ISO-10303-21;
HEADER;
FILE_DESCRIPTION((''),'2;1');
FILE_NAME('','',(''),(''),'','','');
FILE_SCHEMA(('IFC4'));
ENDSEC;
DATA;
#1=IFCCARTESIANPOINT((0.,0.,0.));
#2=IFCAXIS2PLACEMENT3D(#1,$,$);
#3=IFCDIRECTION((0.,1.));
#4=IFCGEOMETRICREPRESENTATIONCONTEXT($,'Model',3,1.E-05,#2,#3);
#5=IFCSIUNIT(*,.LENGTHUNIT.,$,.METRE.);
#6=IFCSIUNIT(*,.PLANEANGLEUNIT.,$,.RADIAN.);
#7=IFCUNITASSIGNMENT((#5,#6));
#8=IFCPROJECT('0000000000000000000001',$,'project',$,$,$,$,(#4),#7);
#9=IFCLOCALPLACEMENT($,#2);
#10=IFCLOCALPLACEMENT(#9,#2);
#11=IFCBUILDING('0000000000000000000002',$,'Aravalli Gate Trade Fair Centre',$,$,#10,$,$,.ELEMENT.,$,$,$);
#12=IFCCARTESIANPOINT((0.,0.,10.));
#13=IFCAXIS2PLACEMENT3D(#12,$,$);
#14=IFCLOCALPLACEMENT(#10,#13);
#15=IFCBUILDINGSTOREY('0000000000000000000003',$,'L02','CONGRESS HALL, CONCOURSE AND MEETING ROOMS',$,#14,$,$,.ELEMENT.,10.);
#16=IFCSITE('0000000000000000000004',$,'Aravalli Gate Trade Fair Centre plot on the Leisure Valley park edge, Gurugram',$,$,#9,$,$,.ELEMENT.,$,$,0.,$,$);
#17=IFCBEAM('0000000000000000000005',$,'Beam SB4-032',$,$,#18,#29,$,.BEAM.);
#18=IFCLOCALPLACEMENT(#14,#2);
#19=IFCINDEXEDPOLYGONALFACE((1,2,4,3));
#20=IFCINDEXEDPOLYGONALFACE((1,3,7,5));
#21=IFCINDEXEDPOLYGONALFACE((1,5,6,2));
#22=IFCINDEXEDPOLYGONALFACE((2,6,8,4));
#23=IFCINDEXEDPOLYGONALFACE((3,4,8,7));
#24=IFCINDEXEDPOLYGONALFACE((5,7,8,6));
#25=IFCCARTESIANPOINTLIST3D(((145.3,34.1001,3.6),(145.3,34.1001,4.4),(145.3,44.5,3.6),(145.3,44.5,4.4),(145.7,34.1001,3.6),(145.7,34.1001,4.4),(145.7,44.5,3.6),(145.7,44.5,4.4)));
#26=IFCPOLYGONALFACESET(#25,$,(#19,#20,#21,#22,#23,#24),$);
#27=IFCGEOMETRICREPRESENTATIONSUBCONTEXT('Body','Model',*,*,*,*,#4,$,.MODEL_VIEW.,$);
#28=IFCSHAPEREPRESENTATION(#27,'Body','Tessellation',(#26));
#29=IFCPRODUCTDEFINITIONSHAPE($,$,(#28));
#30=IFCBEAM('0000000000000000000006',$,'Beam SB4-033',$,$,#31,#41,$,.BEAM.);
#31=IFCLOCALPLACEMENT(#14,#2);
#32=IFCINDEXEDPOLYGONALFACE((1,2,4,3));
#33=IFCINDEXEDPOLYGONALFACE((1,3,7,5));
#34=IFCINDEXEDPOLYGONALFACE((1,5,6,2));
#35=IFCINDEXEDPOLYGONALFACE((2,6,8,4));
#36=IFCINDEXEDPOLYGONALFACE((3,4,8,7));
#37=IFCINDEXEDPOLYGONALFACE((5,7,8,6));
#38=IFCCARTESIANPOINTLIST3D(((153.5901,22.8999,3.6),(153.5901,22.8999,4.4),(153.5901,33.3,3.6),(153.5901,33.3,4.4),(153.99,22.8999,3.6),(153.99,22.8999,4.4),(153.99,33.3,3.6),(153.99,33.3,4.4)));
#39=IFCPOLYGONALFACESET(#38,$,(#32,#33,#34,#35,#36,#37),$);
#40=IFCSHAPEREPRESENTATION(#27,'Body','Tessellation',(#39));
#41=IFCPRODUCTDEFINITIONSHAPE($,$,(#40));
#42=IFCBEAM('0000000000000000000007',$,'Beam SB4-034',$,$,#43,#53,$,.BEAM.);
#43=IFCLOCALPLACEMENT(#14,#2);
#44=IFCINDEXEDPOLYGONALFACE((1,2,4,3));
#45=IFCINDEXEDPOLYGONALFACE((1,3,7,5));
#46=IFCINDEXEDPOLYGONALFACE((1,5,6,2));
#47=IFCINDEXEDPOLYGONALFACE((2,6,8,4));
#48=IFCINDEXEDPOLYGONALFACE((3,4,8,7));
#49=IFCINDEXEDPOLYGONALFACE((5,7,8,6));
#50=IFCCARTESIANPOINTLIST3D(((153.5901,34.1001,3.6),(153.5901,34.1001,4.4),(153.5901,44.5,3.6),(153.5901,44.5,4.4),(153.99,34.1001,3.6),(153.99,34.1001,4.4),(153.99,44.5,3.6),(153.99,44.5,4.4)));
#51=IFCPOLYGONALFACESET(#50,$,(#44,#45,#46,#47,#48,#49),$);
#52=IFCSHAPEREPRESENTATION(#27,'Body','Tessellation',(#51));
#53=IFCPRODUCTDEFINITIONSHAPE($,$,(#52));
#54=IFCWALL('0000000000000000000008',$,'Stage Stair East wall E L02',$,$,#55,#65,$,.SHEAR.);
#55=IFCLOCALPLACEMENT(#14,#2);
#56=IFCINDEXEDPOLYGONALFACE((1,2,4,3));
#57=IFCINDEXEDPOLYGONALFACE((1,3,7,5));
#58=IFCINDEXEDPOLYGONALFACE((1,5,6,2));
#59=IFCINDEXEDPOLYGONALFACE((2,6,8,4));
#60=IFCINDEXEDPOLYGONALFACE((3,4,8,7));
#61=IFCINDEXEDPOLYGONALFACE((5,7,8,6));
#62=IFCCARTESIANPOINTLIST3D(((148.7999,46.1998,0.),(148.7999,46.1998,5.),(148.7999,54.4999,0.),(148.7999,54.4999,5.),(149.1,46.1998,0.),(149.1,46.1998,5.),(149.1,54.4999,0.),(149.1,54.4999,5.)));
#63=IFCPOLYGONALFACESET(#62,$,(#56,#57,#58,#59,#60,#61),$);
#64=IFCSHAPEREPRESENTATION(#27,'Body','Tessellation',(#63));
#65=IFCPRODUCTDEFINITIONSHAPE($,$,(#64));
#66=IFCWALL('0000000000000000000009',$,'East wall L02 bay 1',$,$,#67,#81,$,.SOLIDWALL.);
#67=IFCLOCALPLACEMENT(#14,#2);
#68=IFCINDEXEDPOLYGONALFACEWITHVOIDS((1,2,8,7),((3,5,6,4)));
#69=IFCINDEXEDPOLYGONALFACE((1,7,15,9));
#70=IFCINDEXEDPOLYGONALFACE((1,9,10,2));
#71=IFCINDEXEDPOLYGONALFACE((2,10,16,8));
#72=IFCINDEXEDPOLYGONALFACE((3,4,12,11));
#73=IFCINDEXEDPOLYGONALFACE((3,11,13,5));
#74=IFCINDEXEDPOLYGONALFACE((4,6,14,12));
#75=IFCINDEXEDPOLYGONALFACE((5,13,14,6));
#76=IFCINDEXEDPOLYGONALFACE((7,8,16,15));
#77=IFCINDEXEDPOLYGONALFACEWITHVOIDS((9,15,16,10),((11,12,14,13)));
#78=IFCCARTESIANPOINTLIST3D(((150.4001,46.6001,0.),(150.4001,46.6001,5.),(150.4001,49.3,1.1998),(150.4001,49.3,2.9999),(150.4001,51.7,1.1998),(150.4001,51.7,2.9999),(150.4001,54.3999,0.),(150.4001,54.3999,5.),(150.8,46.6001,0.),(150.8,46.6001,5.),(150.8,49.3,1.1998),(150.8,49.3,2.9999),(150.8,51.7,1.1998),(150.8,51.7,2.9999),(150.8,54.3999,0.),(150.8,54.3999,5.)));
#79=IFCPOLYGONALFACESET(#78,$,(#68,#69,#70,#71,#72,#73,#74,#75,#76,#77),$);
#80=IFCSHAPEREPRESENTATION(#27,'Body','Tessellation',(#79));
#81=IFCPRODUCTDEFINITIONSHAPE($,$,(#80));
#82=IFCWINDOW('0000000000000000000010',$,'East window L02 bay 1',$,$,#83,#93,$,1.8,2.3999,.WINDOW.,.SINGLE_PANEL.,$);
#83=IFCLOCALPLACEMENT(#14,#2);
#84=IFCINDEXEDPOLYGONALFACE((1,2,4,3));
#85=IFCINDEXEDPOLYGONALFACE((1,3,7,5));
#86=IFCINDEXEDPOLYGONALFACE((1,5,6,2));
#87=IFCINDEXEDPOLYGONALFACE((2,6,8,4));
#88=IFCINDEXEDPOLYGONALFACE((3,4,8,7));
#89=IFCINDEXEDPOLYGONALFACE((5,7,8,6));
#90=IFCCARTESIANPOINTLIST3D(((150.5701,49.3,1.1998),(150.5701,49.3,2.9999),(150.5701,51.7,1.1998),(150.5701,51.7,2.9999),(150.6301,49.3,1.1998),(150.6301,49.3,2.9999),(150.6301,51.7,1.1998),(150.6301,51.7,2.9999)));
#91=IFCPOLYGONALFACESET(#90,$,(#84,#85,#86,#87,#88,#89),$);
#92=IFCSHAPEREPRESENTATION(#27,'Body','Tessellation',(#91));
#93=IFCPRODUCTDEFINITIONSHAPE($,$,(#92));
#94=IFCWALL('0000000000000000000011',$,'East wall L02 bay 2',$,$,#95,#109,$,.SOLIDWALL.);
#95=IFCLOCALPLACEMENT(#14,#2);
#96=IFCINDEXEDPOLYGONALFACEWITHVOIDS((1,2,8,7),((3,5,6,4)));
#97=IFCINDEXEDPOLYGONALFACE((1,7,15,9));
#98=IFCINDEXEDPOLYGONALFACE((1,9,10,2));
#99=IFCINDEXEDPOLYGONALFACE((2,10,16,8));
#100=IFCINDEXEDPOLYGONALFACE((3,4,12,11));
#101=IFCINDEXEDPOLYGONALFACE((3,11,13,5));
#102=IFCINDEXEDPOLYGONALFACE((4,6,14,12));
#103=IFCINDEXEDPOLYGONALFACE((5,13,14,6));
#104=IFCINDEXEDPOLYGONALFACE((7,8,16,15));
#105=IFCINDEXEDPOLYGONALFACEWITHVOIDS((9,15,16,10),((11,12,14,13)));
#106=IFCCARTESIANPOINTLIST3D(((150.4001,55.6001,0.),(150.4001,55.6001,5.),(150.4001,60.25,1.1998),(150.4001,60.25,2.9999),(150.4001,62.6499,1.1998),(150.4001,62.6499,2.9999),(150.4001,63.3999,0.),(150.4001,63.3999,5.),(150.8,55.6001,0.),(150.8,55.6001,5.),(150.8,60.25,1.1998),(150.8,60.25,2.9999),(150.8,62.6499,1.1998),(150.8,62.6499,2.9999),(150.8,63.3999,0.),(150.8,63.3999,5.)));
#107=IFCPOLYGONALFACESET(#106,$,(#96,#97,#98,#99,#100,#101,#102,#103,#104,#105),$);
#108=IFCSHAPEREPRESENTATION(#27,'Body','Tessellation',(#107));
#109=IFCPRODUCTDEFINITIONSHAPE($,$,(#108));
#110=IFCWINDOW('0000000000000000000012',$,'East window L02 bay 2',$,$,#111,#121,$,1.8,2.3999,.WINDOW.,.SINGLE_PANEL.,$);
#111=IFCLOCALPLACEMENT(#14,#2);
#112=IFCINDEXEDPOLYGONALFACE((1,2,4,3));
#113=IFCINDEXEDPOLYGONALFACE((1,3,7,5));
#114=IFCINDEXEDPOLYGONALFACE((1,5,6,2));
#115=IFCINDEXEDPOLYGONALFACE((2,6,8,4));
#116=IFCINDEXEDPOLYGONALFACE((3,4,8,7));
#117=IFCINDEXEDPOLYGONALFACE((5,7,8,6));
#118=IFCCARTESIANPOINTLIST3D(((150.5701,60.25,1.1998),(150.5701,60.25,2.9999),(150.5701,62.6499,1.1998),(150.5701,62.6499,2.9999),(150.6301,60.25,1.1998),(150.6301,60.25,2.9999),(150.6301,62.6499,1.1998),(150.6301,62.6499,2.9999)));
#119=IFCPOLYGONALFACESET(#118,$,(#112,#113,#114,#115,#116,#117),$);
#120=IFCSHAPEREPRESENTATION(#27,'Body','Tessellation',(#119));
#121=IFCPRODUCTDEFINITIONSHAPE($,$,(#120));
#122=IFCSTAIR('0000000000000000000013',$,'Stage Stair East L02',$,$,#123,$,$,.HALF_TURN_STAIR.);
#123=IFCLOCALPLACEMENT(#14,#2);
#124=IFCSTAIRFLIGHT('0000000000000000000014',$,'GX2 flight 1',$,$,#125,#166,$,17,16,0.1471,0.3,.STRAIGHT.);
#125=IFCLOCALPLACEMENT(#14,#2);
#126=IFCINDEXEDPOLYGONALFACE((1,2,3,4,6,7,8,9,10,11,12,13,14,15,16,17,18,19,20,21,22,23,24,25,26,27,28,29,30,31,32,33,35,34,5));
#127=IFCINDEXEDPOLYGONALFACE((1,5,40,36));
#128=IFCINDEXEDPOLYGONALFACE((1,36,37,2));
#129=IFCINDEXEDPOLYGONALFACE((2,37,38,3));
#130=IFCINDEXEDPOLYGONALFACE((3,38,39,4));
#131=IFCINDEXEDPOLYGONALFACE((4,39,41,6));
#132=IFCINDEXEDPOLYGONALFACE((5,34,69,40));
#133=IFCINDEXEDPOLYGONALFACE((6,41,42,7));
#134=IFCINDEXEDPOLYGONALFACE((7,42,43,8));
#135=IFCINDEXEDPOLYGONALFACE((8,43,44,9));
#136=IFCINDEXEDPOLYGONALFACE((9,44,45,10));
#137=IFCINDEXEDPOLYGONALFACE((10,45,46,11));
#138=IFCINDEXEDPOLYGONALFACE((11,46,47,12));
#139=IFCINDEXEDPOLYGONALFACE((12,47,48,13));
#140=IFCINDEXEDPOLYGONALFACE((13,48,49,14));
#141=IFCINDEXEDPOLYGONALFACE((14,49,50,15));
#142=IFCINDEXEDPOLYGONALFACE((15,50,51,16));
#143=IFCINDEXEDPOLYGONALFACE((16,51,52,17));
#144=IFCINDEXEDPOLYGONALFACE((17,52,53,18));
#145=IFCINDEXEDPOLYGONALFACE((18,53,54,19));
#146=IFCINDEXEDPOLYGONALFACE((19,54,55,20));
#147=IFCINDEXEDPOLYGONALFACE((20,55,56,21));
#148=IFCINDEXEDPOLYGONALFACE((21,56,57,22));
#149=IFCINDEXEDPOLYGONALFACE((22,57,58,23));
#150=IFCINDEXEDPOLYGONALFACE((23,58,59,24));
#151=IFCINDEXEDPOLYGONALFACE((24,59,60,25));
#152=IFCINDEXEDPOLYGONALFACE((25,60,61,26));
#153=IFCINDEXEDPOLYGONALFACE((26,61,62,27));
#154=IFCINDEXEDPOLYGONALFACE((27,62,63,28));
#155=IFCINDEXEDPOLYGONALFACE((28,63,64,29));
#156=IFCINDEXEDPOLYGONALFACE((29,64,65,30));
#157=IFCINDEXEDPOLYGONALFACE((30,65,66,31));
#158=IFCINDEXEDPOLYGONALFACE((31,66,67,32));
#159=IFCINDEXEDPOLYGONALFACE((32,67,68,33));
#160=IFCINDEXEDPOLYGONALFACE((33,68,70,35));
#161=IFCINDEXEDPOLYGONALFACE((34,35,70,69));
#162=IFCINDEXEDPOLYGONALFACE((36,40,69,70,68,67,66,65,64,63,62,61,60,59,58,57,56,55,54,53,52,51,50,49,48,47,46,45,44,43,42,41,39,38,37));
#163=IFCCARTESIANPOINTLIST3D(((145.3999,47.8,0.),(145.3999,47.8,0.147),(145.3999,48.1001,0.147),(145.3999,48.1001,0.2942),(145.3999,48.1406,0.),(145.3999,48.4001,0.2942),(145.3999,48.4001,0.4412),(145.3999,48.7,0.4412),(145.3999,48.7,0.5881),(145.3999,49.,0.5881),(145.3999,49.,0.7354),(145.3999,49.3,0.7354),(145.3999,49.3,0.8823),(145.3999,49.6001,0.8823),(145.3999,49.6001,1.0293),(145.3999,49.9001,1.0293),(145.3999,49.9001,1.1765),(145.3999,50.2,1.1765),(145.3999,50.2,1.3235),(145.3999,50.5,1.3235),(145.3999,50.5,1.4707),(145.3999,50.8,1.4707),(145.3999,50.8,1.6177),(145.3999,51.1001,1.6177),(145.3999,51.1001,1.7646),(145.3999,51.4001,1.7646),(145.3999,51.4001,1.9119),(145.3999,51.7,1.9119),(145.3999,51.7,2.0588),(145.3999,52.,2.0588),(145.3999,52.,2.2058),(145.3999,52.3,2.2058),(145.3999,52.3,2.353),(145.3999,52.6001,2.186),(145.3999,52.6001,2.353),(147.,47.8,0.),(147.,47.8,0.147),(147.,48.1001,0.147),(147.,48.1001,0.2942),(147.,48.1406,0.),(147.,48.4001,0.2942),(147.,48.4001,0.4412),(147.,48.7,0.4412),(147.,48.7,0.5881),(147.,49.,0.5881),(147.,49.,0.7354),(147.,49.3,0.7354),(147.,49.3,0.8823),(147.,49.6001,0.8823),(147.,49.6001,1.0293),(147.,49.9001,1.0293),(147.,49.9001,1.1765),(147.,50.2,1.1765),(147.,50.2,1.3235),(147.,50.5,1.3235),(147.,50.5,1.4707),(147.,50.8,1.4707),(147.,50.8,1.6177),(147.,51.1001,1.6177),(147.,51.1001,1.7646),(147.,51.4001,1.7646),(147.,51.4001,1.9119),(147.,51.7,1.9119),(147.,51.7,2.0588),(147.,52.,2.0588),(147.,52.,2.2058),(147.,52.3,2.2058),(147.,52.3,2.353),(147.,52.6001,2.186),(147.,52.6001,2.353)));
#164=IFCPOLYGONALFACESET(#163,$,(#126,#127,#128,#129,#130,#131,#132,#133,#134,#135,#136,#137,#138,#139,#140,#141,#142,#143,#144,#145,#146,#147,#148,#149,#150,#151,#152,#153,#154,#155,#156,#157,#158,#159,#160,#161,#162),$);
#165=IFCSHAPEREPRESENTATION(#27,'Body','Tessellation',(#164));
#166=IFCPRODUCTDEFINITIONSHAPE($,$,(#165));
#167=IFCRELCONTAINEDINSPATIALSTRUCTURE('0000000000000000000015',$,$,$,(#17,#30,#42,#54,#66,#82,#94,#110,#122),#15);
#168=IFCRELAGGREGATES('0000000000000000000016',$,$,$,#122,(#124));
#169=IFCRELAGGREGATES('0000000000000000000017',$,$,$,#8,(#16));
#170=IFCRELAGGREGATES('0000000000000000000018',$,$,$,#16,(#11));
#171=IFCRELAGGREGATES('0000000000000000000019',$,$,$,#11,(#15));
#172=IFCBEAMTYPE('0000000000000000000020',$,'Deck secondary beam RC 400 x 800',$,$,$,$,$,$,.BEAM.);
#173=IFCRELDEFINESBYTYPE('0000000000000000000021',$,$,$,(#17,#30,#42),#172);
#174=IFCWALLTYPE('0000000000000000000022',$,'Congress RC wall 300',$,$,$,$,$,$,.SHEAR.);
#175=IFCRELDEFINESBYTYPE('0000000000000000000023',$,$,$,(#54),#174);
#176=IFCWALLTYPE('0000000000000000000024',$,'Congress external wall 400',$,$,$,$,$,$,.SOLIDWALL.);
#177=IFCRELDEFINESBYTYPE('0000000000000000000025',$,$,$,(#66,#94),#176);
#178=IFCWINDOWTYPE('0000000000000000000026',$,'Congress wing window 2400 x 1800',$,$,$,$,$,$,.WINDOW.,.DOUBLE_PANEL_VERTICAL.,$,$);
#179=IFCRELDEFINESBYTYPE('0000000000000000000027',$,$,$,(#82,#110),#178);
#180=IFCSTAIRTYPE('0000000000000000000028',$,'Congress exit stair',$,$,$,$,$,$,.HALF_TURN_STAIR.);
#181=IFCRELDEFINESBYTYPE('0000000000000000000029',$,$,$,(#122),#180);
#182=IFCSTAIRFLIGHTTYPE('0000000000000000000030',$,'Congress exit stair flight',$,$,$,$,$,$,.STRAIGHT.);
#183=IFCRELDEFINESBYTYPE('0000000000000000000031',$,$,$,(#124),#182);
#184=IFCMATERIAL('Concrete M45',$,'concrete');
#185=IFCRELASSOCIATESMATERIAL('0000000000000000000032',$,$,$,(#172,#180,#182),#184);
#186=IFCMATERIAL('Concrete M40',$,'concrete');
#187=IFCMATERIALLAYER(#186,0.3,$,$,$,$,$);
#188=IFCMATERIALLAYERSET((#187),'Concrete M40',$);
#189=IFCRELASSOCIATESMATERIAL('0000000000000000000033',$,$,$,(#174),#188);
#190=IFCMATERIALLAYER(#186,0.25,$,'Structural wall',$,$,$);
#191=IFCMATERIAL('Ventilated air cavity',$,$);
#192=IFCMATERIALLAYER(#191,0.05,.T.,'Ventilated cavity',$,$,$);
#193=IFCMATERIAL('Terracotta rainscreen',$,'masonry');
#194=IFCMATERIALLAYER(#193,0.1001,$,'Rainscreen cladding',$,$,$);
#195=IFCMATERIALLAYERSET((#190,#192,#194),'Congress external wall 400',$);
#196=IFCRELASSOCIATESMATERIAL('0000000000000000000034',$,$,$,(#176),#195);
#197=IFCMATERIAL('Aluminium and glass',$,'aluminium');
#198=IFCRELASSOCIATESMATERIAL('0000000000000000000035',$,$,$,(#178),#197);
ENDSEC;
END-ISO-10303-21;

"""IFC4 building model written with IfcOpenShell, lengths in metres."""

from ifc_helpers import new_model, si_unit, direction, frame, frame_2d, origin, origin_2d, place, context, subcontext, project, spatial, polyline, rectangle, outline, extrude, material, layer, layer_set, material_profile, profile_set, type_object, element, fill, aggregate, save


model = new_model("IFC4")

# Units and contexts
model_context = context("Model", 3, precision=1e-05, world=origin(), true_north=direction((0.0, 1.0)))
body_context = subcontext(model_context, "Body", "Model", "MODEL_VIEW")
ifc_project = project(units=[si_unit("LENGTHUNIT", "METRE"), si_unit("PLANEANGLEUNIT", "RADIAN")], contexts=[model_context])

# Site, building, storey
site_placement = place(None, origin())
site = spatial("IfcSite", under=ifc_project, at=site_placement, Name="Aravalli Gate Trade Fair Centre plot on the Leisure Valley park edge, Gurugram", CompositionType="ELEMENT", RefElevation=0.0)
building_placement = place(site_placement, origin())
building = spatial("IfcBuilding", under=site, at=building_placement, Name="Aravalli Gate Trade Fair Centre", CompositionType="ELEMENT")
storey_placement = place(building_placement, frame((0.0, 0.0, 10.0)))
storey = spatial("IfcBuildingStorey", under=building, at=storey_placement, Name="L02", Description="CONGRESS HALL, CONCOURSE AND MEETING ROOMS", CompositionType="ELEMENT", Elevation=10.0)

# Shared definitions
ifc_material_1 = material(Name="Concrete M45", Category="concrete")

# Beams
ifc_material_profile_1 = material_profile(ifc_material_1, rectangle(XDim=0.3999, YDim=0.8, at=origin_2d()), Name="Deck secondary beam RC 400 x 800")
ifc_profile_set_1 = profile_set([ifc_material_profile_1], Name="Concrete M45")
beam_type_1 = type_object("IfcBeamType", Name="Deck secondary beam RC 400 x 800", PredefinedType="BEAM", material=ifc_profile_set_1)
beam_1_placement = place(storey_placement, frame((145.5, 34.1001, 4.0), z_axis=(0.0, 1.0, 0.0), x_axis=(-1.0, 0.0, 0.0)))
element("IfcBeam", 1, at=beam_1_placement, inside=storey, type_object=beam_type_1, Name="Beam SB4-032", PredefinedType="BEAM", context=body_context, shape_type="SweptSolid", body=[
    extrude(rectangle(XDim=0.3999, YDim=0.8, at=origin_2d()), origin(), (0.0, 0.0, 1.0), 10.3999),
])
beam_2_placement = place(storey_placement, frame((153.79, 22.8999, 4.0), z_axis=(0.0, 1.0, 0.0), x_axis=(-1.0, 0.0, 0.0)))
element("IfcBeam", 2, at=beam_2_placement, inside=storey, type_object=beam_type_1, Name="Beam SB4-033", PredefinedType="BEAM", context=body_context, shape_type="SweptSolid", body=[
    extrude(rectangle(XDim=0.3999, YDim=0.8, at=origin_2d()), origin(), (0.0, 0.0, 1.0), 10.4001),
])
beam_3_placement = place(storey_placement, frame((153.79, 34.1001, 4.0), z_axis=(0.0, 1.0, 0.0), x_axis=(-1.0, 0.0, 0.0)))
element("IfcBeam", 3, at=beam_3_placement, inside=storey, type_object=beam_type_1, Name="Beam SB4-034", PredefinedType="BEAM", context=body_context, shape_type="SweptSolid", body=[
    extrude(rectangle(XDim=0.3999, YDim=0.8, at=origin_2d()), origin(), (0.0, 0.0, 1.0), 10.3999),
])

# Wall
ifc_material_2 = material(Name="Concrete M40", Category="concrete")
ifc_layer_1 = layer(ifc_material_2, 0.3)
ifc_layer_set_1 = layer_set([ifc_layer_1], Name="Concrete M40")
wall_type_1 = type_object("IfcWallType", Name="Congress RC wall 300", PredefinedType="SHEAR", material=ifc_layer_set_1)
wall_1_placement = place(storey_placement, frame((148.95, 46.2, 0.0), z_axis=(0.0, 0.0, 1.0), x_axis=(0.0, 1.0, 0.0)))
element("IfcWall", 4, at=wall_1_placement, inside=storey, type_object=wall_type_1, Name="Stage Stair East wall E L02", PredefinedType="SHEAR", context=body_context, shape_type="SweptSolid", body=[
    extrude(rectangle(XDim=8.3, YDim=0.3, at=frame_2d((4.1499, 0.0))), origin(), (0.0, 0.0, 1.0), 5.0),
])

# Walls, openings, windows
ifc_layer_2 = layer(ifc_material_2, 0.25, Name="Structural wall")
ifc_material_3 = material(Name="Ventilated air cavity")
ifc_layer_3 = layer(ifc_material_3, 0.05, ventilated=True, Name="Ventilated cavity")
ifc_material_4 = material(Name="Terracotta rainscreen", Category="masonry")
ifc_layer_4 = layer(ifc_material_4, 0.1001, Name="Rainscreen cladding")
ifc_layer_set_2 = layer_set([ifc_layer_2, ifc_layer_3, ifc_layer_4], Name="Congress external wall 400")
wall_type_2 = type_object("IfcWallType", Name="Congress external wall 400", PredefinedType="SOLIDWALL", material=ifc_layer_set_2)
wall_2_placement = place(storey_placement, frame((150.6001, 46.6001, 0.0), z_axis=(0.0, 0.0, 1.0), x_axis=(0.0, 1.0, 0.0)))
wall_2 = element("IfcWall", 5, at=wall_2_placement, inside=storey, type_object=wall_type_2, Name="East wall L02 bay 1", PredefinedType="SOLIDWALL", context=body_context, shape_type="SweptSolid", body=[
    extrude(rectangle(XDim=7.7998, YDim=0.3999, at=frame_2d((3.8999, 0.0))), origin(), (0.0, 0.0, 1.0), 5.0),
])
opening_1_placement = place(wall_2_placement, frame((2.7, 0.0, 1.2)))
opening_1 = element("IfcOpeningElement", 6, at=opening_1_placement, cuts=wall_2, PredefinedType="OPENING", context=body_context, shape_type="SweptSolid", body=[
    extrude(rectangle(XDim=2.3999, YDim=1.8, at=frame_2d((1.2, 0.8999))), frame((0.0, 0.21, 0.0), z_axis=(0.0, -1.0, 0.0), x_axis=(1.0, 0.0, 0.0)), (0.0, 0.0, 1.0), 0.4199),
])
ifc_material_5 = material(Name="Aluminium and glass", Category="aluminium")
window_type = type_object("IfcWindowType", Name="Congress wing window 2400 x 1800", PartitioningType="DOUBLE_PANEL_VERTICAL", PredefinedType="WINDOW", material=ifc_material_5)
window_1_placement = place(opening_1_placement, origin())
window_1 = element("IfcWindow", 7, at=window_1_placement, inside=storey, type_object=window_type, Name="East window L02 bay 1", OverallHeight=1.8, OverallWidth=2.3999, PartitioningType="SINGLE_PANEL", PredefinedType="WINDOW", context=body_context, shape_type="SweptSolid", body=[
    extrude(rectangle(XDim=2.3999, YDim=1.8, at=frame_2d((1.2, 0.8999))), frame((0.0, 0.03, 0.0), z_axis=(0.0, -1.0, 0.0), x_axis=(1.0, 0.0, 0.0)), (0.0, 0.0, 1.0), 0.0601),
])
fill(opening_1, window_1)
wall_3_placement = place(storey_placement, frame((150.6001, 55.6001, 0.0), z_axis=(0.0, 0.0, 1.0), x_axis=(0.0, 1.0, 0.0)))
wall_3 = element("IfcWall", 8, at=wall_3_placement, inside=storey, type_object=wall_type_2, Name="East wall L02 bay 2", PredefinedType="SOLIDWALL", context=body_context, shape_type="SweptSolid", body=[
    extrude(rectangle(XDim=7.7998, YDim=0.3999, at=frame_2d((3.8999, 0.0))), origin(), (0.0, 0.0, 1.0), 5.0),
])
opening_2_placement = place(wall_3_placement, frame((4.6499, 0.0, 1.2)))
opening_2 = element("IfcOpeningElement", 9, at=opening_2_placement, cuts=wall_3, PredefinedType="OPENING", context=body_context, shape_type="SweptSolid", body=[
    extrude(rectangle(XDim=2.3999, YDim=1.8, at=frame_2d((1.2, 0.8999))), frame((0.0, 0.21, 0.0), z_axis=(0.0, -1.0, 0.0), x_axis=(1.0, 0.0, 0.0)), (0.0, 0.0, 1.0), 0.4199),
])
window_2_placement = place(opening_2_placement, origin())
window_2 = element("IfcWindow", 10, at=window_2_placement, inside=storey, type_object=window_type, Name="East window L02 bay 2", OverallHeight=1.8, OverallWidth=2.3999, PartitioningType="SINGLE_PANEL", PredefinedType="WINDOW", context=body_context, shape_type="SweptSolid", body=[
    extrude(rectangle(XDim=2.3999, YDim=1.8, at=frame_2d((1.2, 0.8999))), frame((0.0, 0.03, 0.0), z_axis=(0.0, -1.0, 0.0), x_axis=(1.0, 0.0, 0.0)), (0.0, 0.0, 1.0), 0.0601),
])
fill(opening_2, window_2)

# Stair, stair flight
stair_type = type_object("IfcStairType", Name="Congress exit stair", PredefinedType="HALF_TURN_STAIR", material=ifc_material_1)
stair_placement = place(storey_placement, origin())
stair = element("IfcStair", 11, at=stair_placement, inside=storey, type_object=stair_type, Name="Stage Stair East L02", PredefinedType="HALF_TURN_STAIR")
stair_flight_type = type_object("IfcStairFlightType", Name="Congress exit stair flight", PredefinedType="STRAIGHT", material=ifc_material_1)
stair_flight_1_placement = place(storey_placement, frame((146.2, 47.8, 0.0), z_axis=(0.0, 0.0, 1.0), x_axis=(0.0, 1.0, 0.0)))
stair_flight_1 = element("IfcStairFlight", 12, at=stair_flight_1_placement, type_object=stair_flight_type, Name="GX2 flight 1", NumberOfRisers=17, NumberOfTreads=16, PredefinedType="STRAIGHT", RiserHeight=0.1471, TreadLength=0.3, context=body_context, shape_type="SweptSolid", body=[
    extrude(outline(polyline([(0.0, 0.0), (0.0, 0.147), (0.3, 0.147), (0.3, 0.2942), (0.6001, 0.2942), (0.6001, 0.4412), (0.8999, 0.4412), (0.8999, 0.5881), (1.2, 0.5881), (1.2, 0.7354), (1.5, 0.7354), (1.5, 0.8823), (1.8, 0.8823), (1.8, 1.0293), (2.1001, 1.0293), (2.1001, 1.1765), (2.3999, 1.1765), (2.3999, 1.3235), (2.7, 1.3235), (2.7, 1.4707), (3.0, 1.4707), (3.0, 1.6177), (3.3, 1.6177), (3.3, 1.7646), (3.6001, 1.7646), (3.6001, 1.9119), (3.8999, 1.9119), (3.8999, 2.0588), (4.2, 2.0588), (4.2, 2.2058), (4.5, 2.2058), (4.5, 2.353), (4.8, 2.353), (4.8, 2.5), (4.8, 2.186), (0.3406, 0.0), (0.0, 0.0)])), frame((0.0, 0.8, 0.0), z_axis=(0.0, -1.0, 0.0), x_axis=(1.0, 0.0, 0.0)), (0.0, 0.0, 1.0), 1.6001),
])
aggregate(stair, [stair_flight_1])

save(model, "model.ifc")
